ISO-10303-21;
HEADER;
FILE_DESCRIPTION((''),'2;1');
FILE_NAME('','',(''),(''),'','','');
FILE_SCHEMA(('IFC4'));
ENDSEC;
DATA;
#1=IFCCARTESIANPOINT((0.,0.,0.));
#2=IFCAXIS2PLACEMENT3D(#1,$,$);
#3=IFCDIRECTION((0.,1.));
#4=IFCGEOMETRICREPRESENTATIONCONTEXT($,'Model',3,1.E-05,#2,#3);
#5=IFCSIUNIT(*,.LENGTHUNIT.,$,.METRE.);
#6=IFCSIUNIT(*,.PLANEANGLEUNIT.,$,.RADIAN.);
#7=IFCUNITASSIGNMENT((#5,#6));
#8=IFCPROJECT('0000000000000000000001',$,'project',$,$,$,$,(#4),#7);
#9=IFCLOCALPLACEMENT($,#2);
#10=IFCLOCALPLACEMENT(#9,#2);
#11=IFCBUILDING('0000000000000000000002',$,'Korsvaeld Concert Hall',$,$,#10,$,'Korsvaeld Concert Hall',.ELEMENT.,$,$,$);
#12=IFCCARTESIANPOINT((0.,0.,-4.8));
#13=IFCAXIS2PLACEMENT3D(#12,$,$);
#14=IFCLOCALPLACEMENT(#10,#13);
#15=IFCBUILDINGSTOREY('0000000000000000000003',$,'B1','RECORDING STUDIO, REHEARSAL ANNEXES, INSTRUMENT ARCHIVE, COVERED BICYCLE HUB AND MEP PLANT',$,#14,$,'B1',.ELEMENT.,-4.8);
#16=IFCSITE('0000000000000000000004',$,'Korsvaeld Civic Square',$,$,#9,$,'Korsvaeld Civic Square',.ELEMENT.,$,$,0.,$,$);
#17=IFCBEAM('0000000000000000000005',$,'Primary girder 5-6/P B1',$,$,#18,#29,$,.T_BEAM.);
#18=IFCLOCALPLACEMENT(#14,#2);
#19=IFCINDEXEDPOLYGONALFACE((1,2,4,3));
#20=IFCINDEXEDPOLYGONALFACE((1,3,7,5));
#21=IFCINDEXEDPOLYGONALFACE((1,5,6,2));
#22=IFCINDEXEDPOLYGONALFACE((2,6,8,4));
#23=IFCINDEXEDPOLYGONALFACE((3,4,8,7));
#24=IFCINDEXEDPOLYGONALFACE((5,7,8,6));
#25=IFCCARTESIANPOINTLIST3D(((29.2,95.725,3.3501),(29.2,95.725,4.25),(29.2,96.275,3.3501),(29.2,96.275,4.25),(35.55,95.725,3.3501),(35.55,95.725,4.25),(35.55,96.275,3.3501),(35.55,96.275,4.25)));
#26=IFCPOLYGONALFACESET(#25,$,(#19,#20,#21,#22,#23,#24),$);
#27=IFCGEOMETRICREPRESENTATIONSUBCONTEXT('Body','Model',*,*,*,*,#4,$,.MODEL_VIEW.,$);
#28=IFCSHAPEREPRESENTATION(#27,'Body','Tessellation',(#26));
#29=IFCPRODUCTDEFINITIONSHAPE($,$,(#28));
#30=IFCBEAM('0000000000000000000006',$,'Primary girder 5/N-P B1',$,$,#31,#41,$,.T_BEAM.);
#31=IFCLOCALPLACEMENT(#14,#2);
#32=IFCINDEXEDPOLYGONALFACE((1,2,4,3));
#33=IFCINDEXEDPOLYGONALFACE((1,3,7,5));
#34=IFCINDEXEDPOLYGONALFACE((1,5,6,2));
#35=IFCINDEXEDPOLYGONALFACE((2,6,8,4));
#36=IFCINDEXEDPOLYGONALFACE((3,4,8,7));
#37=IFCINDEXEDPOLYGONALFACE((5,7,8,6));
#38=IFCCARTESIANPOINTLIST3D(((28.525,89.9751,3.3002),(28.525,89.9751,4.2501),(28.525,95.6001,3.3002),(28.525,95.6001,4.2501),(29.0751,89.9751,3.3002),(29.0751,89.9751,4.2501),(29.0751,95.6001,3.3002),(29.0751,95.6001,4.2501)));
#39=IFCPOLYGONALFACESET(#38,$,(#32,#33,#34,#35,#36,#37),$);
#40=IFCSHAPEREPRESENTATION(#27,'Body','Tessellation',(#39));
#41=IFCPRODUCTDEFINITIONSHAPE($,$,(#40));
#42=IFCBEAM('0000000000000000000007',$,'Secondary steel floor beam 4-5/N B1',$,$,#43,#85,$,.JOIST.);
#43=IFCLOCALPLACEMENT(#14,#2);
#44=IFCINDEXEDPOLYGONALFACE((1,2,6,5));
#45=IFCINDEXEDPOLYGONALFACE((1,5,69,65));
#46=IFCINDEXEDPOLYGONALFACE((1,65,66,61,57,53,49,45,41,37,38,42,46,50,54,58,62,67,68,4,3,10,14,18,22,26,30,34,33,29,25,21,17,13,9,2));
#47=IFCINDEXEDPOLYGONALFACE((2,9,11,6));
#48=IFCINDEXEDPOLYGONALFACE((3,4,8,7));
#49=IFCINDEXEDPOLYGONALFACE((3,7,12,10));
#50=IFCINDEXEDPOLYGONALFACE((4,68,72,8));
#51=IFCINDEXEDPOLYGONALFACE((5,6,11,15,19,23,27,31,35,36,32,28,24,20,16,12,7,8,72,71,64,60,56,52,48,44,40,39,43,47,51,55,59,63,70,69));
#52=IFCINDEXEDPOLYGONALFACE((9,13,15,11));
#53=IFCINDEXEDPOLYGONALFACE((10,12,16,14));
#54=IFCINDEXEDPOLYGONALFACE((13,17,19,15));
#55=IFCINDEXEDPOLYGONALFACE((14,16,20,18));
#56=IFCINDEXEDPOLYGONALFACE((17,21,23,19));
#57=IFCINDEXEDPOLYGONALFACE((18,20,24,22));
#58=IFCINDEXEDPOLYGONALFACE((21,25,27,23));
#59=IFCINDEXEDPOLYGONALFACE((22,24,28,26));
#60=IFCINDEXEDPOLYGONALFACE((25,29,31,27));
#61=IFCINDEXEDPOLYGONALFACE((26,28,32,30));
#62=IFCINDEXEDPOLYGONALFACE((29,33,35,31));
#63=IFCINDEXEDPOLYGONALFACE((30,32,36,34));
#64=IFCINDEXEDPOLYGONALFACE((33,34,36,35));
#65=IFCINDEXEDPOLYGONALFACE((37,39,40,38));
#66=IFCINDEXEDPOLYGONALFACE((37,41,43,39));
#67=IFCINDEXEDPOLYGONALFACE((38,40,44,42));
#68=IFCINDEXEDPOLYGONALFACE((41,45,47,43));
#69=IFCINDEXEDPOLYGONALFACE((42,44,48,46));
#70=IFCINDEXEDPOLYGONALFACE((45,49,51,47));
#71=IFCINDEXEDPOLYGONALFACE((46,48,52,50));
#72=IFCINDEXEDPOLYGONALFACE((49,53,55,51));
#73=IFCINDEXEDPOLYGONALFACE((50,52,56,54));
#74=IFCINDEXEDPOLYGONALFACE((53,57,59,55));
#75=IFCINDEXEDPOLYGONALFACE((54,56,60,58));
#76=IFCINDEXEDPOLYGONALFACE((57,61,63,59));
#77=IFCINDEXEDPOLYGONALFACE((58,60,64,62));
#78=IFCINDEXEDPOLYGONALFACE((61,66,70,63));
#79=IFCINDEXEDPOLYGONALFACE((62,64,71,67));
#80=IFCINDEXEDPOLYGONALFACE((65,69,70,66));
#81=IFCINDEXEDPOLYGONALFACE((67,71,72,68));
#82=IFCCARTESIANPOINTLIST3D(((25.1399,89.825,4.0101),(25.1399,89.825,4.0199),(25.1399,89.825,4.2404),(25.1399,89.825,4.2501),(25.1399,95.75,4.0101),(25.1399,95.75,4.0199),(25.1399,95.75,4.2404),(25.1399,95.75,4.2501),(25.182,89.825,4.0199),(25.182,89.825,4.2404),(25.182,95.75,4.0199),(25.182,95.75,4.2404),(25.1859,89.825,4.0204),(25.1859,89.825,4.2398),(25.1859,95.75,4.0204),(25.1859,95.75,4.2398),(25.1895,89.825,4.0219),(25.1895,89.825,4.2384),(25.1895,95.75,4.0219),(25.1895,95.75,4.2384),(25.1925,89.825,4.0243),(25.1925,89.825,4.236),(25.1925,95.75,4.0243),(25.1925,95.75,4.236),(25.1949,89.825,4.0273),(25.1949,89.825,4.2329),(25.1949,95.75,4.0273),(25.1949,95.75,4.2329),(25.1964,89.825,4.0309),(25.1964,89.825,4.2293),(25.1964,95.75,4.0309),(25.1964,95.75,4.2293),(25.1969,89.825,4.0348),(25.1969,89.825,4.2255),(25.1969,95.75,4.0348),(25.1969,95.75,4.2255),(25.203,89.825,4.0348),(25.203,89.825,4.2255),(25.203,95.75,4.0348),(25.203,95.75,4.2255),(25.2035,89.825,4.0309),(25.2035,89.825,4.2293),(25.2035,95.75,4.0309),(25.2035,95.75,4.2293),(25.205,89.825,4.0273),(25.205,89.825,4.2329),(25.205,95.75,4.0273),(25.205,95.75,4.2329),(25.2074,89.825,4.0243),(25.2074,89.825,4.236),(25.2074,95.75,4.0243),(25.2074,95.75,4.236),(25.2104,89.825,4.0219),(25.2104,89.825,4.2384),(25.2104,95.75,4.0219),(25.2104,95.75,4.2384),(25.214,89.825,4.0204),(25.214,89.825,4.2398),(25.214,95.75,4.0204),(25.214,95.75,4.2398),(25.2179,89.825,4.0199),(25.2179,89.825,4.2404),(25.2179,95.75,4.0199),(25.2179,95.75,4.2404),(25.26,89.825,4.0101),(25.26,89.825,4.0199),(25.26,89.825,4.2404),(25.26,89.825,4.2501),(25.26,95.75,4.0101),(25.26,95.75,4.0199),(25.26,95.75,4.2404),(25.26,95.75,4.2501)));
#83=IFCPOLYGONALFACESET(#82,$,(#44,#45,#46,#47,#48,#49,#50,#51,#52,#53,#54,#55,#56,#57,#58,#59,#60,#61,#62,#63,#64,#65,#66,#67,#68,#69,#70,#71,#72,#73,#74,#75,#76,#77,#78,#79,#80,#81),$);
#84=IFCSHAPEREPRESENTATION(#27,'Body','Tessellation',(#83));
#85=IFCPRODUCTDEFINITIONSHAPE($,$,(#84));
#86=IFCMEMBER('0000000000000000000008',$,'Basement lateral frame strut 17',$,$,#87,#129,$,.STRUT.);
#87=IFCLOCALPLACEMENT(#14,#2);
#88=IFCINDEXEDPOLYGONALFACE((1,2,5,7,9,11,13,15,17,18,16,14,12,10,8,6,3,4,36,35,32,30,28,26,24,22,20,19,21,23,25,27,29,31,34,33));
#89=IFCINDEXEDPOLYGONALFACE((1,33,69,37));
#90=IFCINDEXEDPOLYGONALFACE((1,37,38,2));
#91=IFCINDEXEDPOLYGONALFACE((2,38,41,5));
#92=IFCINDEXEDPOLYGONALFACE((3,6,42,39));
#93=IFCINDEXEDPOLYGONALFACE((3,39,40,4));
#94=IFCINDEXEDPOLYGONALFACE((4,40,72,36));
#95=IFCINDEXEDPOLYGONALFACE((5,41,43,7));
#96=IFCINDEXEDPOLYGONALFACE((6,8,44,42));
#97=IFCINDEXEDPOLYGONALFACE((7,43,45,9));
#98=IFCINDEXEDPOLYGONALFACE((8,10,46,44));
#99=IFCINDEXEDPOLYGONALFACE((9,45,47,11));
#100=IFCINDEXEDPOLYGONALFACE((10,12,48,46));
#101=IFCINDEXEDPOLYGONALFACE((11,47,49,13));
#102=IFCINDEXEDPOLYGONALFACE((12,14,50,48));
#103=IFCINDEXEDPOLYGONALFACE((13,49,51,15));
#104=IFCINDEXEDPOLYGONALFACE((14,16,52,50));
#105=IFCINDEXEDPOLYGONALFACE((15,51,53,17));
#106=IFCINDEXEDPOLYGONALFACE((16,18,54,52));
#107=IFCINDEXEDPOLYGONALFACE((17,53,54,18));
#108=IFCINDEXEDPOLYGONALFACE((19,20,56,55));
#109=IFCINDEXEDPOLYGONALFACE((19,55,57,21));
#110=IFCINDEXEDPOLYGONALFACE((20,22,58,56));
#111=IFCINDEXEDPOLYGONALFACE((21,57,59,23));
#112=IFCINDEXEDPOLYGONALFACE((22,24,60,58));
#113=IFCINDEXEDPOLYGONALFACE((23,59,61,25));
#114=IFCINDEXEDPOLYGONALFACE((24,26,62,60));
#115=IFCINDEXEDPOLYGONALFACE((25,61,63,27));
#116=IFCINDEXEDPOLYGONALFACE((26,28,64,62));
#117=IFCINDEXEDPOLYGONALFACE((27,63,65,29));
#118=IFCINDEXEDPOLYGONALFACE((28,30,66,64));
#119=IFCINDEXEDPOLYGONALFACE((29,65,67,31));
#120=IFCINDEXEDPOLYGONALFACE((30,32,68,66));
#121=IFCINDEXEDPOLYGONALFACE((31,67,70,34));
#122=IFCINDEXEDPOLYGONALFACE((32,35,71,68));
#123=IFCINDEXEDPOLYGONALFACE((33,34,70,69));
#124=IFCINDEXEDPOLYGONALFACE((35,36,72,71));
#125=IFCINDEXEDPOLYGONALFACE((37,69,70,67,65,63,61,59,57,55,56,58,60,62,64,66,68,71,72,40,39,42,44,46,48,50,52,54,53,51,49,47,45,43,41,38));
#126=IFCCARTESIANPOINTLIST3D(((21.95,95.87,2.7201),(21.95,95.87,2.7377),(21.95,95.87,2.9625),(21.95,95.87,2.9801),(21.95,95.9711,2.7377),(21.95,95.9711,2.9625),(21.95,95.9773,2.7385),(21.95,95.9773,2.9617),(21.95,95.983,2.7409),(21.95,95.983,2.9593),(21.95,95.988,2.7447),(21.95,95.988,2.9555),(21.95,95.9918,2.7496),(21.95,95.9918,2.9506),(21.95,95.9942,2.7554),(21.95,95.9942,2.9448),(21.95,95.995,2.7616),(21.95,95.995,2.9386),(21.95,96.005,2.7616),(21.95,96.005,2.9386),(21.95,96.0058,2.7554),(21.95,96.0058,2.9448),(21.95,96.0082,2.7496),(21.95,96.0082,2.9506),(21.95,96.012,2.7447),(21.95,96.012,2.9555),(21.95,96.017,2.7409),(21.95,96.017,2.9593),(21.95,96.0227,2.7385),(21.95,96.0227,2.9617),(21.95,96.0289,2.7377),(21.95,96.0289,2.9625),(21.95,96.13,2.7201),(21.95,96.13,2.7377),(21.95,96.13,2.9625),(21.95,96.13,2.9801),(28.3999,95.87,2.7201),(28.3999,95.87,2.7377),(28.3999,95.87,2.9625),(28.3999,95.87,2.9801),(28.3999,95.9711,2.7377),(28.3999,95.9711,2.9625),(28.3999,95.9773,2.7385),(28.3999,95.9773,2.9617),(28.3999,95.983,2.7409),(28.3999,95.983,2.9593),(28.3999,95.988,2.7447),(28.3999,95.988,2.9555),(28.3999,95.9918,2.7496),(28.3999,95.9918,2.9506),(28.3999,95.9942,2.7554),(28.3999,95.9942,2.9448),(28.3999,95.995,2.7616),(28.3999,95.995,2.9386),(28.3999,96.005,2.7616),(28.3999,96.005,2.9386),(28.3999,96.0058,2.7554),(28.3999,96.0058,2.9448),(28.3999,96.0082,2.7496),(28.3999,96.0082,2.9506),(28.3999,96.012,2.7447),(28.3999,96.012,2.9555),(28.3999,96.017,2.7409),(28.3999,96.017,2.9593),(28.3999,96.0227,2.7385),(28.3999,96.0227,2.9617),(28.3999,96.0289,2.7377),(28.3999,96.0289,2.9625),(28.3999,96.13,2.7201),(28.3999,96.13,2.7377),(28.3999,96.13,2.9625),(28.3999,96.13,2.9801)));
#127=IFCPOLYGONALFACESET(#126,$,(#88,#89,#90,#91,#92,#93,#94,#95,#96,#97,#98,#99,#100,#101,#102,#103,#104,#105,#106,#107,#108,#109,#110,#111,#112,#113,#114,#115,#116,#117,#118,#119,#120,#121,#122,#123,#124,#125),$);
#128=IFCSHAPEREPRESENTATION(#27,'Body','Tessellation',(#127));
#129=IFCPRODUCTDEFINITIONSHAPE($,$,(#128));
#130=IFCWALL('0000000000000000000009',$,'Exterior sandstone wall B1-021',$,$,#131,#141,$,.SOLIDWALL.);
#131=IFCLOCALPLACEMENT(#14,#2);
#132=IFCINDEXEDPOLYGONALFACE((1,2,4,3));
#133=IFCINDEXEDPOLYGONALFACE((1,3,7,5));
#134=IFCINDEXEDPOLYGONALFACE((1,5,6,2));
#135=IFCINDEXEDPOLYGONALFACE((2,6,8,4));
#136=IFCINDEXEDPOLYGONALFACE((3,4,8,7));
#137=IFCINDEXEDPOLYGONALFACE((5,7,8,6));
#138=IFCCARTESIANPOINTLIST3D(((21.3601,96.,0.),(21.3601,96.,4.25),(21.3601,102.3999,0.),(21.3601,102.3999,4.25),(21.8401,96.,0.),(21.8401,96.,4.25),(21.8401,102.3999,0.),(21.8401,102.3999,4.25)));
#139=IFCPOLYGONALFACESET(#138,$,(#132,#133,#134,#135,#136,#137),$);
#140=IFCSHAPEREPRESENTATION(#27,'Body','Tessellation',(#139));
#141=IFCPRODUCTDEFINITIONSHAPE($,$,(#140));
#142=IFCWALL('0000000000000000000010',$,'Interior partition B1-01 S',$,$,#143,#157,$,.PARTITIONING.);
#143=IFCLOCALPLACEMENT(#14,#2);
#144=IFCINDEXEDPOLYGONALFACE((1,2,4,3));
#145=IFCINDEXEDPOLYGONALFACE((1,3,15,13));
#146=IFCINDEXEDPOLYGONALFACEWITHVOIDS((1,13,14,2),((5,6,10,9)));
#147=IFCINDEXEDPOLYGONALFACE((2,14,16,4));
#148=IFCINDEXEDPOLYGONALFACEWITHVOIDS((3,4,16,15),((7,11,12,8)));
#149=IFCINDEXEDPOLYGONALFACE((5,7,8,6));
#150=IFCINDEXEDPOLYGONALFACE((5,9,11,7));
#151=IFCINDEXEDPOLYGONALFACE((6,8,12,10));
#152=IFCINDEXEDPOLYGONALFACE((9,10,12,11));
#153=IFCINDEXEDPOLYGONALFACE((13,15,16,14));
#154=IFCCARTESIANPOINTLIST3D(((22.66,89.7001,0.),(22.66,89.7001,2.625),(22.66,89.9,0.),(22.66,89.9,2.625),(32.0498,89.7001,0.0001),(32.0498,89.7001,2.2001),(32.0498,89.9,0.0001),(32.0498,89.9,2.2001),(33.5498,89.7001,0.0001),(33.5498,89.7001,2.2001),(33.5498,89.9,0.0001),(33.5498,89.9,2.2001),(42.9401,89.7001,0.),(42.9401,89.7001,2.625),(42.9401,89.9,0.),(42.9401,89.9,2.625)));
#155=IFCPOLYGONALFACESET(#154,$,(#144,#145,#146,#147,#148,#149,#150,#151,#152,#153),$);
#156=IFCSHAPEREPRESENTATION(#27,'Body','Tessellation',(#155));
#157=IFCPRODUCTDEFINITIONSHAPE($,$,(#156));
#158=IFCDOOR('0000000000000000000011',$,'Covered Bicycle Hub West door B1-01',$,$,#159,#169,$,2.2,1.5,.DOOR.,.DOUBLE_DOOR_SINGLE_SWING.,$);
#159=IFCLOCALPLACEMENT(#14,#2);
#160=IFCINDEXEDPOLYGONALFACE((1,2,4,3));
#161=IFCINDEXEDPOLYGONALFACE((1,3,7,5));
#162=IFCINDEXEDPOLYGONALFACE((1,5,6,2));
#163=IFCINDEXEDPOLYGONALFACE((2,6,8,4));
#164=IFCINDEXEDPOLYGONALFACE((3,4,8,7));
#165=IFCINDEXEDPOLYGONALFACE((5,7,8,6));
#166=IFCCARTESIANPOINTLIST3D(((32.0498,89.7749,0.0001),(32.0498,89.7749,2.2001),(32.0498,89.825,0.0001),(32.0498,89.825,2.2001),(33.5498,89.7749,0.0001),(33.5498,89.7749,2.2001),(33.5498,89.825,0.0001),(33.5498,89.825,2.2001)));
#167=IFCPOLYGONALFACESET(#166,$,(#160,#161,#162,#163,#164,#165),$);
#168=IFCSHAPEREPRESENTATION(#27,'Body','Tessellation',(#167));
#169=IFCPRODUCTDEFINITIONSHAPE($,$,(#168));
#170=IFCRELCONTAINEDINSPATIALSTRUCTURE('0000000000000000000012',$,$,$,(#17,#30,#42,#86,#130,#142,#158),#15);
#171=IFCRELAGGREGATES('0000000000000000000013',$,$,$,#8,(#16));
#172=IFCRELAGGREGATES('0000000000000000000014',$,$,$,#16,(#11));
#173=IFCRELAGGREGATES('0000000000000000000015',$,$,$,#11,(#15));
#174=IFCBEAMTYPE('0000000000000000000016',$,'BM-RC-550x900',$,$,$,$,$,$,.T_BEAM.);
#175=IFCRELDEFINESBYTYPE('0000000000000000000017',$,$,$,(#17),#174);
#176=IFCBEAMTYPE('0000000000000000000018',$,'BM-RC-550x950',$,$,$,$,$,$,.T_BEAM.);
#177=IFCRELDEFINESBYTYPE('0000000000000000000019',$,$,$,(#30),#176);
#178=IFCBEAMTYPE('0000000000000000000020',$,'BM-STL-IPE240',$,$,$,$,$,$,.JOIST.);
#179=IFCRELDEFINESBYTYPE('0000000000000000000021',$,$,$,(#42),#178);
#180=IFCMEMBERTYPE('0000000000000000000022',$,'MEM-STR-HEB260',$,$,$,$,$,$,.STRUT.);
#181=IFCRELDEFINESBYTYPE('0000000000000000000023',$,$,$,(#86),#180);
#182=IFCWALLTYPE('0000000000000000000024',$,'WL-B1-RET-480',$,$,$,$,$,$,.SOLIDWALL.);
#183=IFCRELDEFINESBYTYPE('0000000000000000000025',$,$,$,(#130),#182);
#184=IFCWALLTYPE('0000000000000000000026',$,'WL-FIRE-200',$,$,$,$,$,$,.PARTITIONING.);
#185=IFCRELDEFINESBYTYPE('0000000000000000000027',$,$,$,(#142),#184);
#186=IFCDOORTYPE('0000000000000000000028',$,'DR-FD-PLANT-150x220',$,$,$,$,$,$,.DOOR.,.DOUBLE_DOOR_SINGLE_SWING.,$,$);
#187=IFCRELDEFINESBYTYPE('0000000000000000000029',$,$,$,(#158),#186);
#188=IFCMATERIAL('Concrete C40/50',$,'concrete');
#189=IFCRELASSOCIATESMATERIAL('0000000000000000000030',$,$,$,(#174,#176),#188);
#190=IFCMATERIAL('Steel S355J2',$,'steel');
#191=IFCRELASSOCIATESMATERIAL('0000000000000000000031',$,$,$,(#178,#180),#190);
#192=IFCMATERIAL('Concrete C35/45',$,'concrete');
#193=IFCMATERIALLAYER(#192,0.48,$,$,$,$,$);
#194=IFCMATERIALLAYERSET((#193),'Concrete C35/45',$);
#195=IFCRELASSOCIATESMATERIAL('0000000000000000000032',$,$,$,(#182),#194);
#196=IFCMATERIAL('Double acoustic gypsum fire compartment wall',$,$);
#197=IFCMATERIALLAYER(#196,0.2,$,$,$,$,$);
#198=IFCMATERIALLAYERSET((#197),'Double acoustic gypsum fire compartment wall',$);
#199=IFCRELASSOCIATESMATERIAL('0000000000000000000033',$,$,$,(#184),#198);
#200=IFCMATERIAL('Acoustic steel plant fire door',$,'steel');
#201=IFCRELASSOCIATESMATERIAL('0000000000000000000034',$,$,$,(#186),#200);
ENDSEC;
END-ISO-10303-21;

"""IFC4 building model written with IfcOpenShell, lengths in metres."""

from ifc_helpers import new_model, si_unit, direction, frame, frame_2d, origin, origin_2d, place, context, subcontext, project, spatial, rectangle, i_section, extrude, material, layer, layer_set, material_profile, profile_set, type_object, element, fill, save


model = new_model("IFC4")

# Units and contexts
model_context = context("Model", 3, precision=1e-05, world=origin(), true_north=direction((0.0, 1.0)))
body_context = subcontext(model_context, "Body", "Model", "MODEL_VIEW")
ifc_project = project(units=[si_unit("LENGTHUNIT", "METRE"), si_unit("PLANEANGLEUNIT", "RADIAN")], contexts=[model_context])

# Site, building, storey
site_placement = place(None, origin())
site = spatial("IfcSite", under=ifc_project, at=site_placement, Name="Korsvaeld Civic Square", LongName="Korsvaeld Civic Square", CompositionType="ELEMENT", RefElevation=0.0)
building_placement = place(site_placement, origin())
building = spatial("IfcBuilding", under=site, at=building_placement, Name="Korsvaeld Concert Hall", LongName="Korsvaeld Concert Hall", CompositionType="ELEMENT")
storey_placement = place(building_placement, frame((0.0, 0.0, -4.8)))
storey = spatial("IfcBuildingStorey", under=building, at=storey_placement, Name="B1", Description="RECORDING STUDIO, REHEARSAL ANNEXES, INSTRUMENT ARCHIVE, COVERED BICYCLE HUB AND MEP PLANT", LongName="B1", CompositionType="ELEMENT", Elevation=-4.8)

# Shared definitions
ifc_material_1 = material(Name="Concrete C35/45", Category="concrete")

# Shared definitions
ifc_material_2 = material(Name="Concrete C40/50", Category="concrete")

# Beams
ifc_material_profile_1 = material_profile(ifc_material_2, rectangle(XDim=0.55, YDim=0.8999, at=origin_2d()), Name="RC 550x900")
ifc_profile_set_1 = profile_set([ifc_material_profile_1], Name="Concrete C40/50")
beam_type_1 = type_object("IfcBeamType", Name="BM-RC-550x900", PredefinedType="T_BEAM", material=ifc_profile_set_1)
beam_1_placement = place(storey_placement, frame((29.2, 96.0, 3.8), z_axis=(1.0, 0.0, 0.0), x_axis=(0.0, 1.0, 0.0)))
element("IfcBeam", 1, at=beam_1_placement, inside=storey, type_object=beam_type_1, Name="Primary girder 5-6/P B1", PredefinedType="T_BEAM", context=body_context, shape_type="SweptSolid", body=[
    extrude(rectangle(XDim=0.55, YDim=0.8999, at=origin_2d()), origin(), (0.0, 0.0, 1.0), 6.3501),
])
ifc_material_profile_2 = material_profile(ifc_material_2, rectangle(XDim=0.55, YDim=0.95, at=origin_2d()), Name="RC 550x950")
ifc_profile_set_2 = profile_set([ifc_material_profile_2], Name="Concrete C40/50")
beam_type_2 = type_object("IfcBeamType", Name="BM-RC-550x950", PredefinedType="T_BEAM", material=ifc_profile_set_2)
beam_2_placement = place(storey_placement, frame((28.8, 89.9751, 3.7751), z_axis=(0.0, 1.0, 0.0), x_axis=(-1.0, 0.0, 0.0)))
element("IfcBeam", 2, at=beam_2_placement, inside=storey, type_object=beam_type_2, Name="Primary girder 5/N-P B1", PredefinedType="T_BEAM", context=body_context, shape_type="SweptSolid", body=[
    extrude(rectangle(XDim=0.55, YDim=0.95, at=origin_2d()), origin(), (0.0, 0.0, 1.0), 5.625),
])
ifc_material_3 = material(Name="Steel S355J2", Category="steel")
ifc_material_profile_3 = material_profile(ifc_material_3, i_section(OverallWidth=0.1201, OverallDepth=0.24, WebThickness=0.0061, FlangeThickness=0.0098, FilletRadius=0.0149, at=origin_2d()), Name="IPE 240")
ifc_profile_set_3 = profile_set([ifc_material_profile_3], Name="Steel S355J2")
beam_type_3 = type_object("IfcBeamType", Name="BM-STL-IPE240", PredefinedType="JOIST", material=ifc_profile_set_3)
beam_3_placement = place(storey_placement, frame((25.2, 89.825, 4.1301), z_axis=(0.0, 1.0, 0.0), x_axis=(-1.0, 0.0, 0.0)))
element("IfcBeam", 3, at=beam_3_placement, inside=storey, type_object=beam_type_3, Name="Secondary steel floor beam 4-5/N B1", PredefinedType="JOIST", context=body_context, shape_type="SweptSolid", body=[
    extrude(i_section(OverallWidth=0.1201, OverallDepth=0.24, WebThickness=0.0061, FlangeThickness=0.0098, FilletRadius=0.0149, at=origin_2d()), origin(), (0.0, 0.0, 1.0), 5.925),
])

# Member
ifc_material_profile_4 = material_profile(ifc_material_3, i_section(OverallWidth=0.26, OverallDepth=0.26, WebThickness=0.01, FlangeThickness=0.0176, FilletRadius=0.0239, at=origin_2d()), Name="HEB 260")
ifc_profile_set_4 = profile_set([ifc_material_profile_4], Name="Steel S355J2")
member_type = type_object("IfcMemberType", Name="MEM-STR-HEB260", PredefinedType="STRUT", material=ifc_profile_set_4)
member_placement = place(storey_placement, frame((21.95, 96.0, 2.8501), z_axis=(1.0, 0.0, 0.0), x_axis=(0.0, 1.0, 0.0)))
element("IfcMember", 4, at=member_placement, inside=storey, type_object=member_type, Name="Basement lateral frame strut 17", PredefinedType="STRUT", context=body_context, shape_type="SweptSolid", body=[
    extrude(i_section(OverallWidth=0.26, OverallDepth=0.26, WebThickness=0.01, FlangeThickness=0.0176, FilletRadius=0.0239, at=origin_2d()), origin(), (0.0, 0.0, 1.0), 6.45),
])

# Wall
ifc_layer_1 = layer(ifc_material_1, 0.48)
ifc_layer_set_1 = layer_set([ifc_layer_1], Name="Concrete C35/45")
wall_type_1 = type_object("IfcWallType", Name="WL-B1-RET-480", PredefinedType="SOLIDWALL", material=ifc_layer_set_1)
wall_1_placement = place(storey_placement, frame((21.6001, 96.0, 0.0), z_axis=(0.0, 0.0, 1.0), x_axis=(0.0, 1.0, 0.0)))
element("IfcWall", 5, at=wall_1_placement, inside=storey, type_object=wall_type_1, Name="Exterior sandstone wall B1-021", PredefinedType="SOLIDWALL", context=body_context, shape_type="SweptSolid", body=[
    extrude(rectangle(XDim=6.3999, YDim=0.48, at=frame_2d((3.2, 0.0))), origin(), (0.0, 0.0, 1.0), 4.25),
])

# Wall, opening, door
ifc_material_4 = material(Name="Double acoustic gypsum fire compartment wall")
ifc_layer_2 = layer(ifc_material_4, 0.2)
ifc_layer_set_2 = layer_set([ifc_layer_2], Name="Double acoustic gypsum fire compartment wall")
wall_type_2 = type_object("IfcWallType", Name="WL-FIRE-200", PredefinedType="PARTITIONING", material=ifc_layer_set_2)
wall_2_placement = place(storey_placement, frame((22.6599, 89.8, 0.0), z_axis=(0.0, 0.0, 1.0), x_axis=(1.0, 0.0, 0.0)))
wall_2 = element("IfcWall", 6, at=wall_2_placement, inside=storey, type_object=wall_type_2, Name="Interior partition B1-01 S", PredefinedType="PARTITIONING", context=body_context, shape_type="SweptSolid", body=[
    extrude(rectangle(XDim=20.28, YDim=0.2, at=frame_2d((10.1401, 0.0))), origin(), (0.0, 0.0, 1.0), 2.625),
])
opening_placement = place(wall_2_placement, frame((9.3899, 0.0, 0.0)))
opening = element("IfcOpeningElement", 7, at=opening_placement, cuts=wall_2, PredefinedType="OPENING", context=body_context, shape_type="SweptSolid", body=[
    extrude(rectangle(XDim=1.5, YDim=2.2, at=frame_2d((0.75, 1.1001))), frame((0.0, 0.1099, 0.0), z_axis=(0.0, -1.0, 0.0), x_axis=(1.0, 0.0, 0.0)), (0.0, 0.0, 1.0), 0.22),
])
ifc_material_5 = material(Name="Acoustic steel plant fire door", Category="steel")
door_type = type_object("IfcDoorType", Name="DR-FD-PLANT-150x220", OperationType="DOUBLE_DOOR_SINGLE_SWING", PredefinedType="DOOR", material=ifc_material_5)
door_placement = place(opening_placement, origin())
door = element("IfcDoor", 8, at=door_placement, inside=storey, type_object=door_type, Name="Covered Bicycle Hub West door B1-01", OperationType="DOUBLE_DOOR_SINGLE_SWING", OverallHeight=2.2, OverallWidth=1.5, PredefinedType="DOOR", context=body_context, shape_type="SweptSolid", body=[
    extrude(rectangle(XDim=1.5, YDim=2.2, at=frame_2d((0.75, 1.1001))), frame((0.0, 0.0249, 0.0), z_axis=(0.0, -1.0, 0.0), x_axis=(1.0, 0.0, 0.0)), (0.0, 0.0, 1.0), 0.05),
])
fill(opening, door)

save(model, "model.ifc")
